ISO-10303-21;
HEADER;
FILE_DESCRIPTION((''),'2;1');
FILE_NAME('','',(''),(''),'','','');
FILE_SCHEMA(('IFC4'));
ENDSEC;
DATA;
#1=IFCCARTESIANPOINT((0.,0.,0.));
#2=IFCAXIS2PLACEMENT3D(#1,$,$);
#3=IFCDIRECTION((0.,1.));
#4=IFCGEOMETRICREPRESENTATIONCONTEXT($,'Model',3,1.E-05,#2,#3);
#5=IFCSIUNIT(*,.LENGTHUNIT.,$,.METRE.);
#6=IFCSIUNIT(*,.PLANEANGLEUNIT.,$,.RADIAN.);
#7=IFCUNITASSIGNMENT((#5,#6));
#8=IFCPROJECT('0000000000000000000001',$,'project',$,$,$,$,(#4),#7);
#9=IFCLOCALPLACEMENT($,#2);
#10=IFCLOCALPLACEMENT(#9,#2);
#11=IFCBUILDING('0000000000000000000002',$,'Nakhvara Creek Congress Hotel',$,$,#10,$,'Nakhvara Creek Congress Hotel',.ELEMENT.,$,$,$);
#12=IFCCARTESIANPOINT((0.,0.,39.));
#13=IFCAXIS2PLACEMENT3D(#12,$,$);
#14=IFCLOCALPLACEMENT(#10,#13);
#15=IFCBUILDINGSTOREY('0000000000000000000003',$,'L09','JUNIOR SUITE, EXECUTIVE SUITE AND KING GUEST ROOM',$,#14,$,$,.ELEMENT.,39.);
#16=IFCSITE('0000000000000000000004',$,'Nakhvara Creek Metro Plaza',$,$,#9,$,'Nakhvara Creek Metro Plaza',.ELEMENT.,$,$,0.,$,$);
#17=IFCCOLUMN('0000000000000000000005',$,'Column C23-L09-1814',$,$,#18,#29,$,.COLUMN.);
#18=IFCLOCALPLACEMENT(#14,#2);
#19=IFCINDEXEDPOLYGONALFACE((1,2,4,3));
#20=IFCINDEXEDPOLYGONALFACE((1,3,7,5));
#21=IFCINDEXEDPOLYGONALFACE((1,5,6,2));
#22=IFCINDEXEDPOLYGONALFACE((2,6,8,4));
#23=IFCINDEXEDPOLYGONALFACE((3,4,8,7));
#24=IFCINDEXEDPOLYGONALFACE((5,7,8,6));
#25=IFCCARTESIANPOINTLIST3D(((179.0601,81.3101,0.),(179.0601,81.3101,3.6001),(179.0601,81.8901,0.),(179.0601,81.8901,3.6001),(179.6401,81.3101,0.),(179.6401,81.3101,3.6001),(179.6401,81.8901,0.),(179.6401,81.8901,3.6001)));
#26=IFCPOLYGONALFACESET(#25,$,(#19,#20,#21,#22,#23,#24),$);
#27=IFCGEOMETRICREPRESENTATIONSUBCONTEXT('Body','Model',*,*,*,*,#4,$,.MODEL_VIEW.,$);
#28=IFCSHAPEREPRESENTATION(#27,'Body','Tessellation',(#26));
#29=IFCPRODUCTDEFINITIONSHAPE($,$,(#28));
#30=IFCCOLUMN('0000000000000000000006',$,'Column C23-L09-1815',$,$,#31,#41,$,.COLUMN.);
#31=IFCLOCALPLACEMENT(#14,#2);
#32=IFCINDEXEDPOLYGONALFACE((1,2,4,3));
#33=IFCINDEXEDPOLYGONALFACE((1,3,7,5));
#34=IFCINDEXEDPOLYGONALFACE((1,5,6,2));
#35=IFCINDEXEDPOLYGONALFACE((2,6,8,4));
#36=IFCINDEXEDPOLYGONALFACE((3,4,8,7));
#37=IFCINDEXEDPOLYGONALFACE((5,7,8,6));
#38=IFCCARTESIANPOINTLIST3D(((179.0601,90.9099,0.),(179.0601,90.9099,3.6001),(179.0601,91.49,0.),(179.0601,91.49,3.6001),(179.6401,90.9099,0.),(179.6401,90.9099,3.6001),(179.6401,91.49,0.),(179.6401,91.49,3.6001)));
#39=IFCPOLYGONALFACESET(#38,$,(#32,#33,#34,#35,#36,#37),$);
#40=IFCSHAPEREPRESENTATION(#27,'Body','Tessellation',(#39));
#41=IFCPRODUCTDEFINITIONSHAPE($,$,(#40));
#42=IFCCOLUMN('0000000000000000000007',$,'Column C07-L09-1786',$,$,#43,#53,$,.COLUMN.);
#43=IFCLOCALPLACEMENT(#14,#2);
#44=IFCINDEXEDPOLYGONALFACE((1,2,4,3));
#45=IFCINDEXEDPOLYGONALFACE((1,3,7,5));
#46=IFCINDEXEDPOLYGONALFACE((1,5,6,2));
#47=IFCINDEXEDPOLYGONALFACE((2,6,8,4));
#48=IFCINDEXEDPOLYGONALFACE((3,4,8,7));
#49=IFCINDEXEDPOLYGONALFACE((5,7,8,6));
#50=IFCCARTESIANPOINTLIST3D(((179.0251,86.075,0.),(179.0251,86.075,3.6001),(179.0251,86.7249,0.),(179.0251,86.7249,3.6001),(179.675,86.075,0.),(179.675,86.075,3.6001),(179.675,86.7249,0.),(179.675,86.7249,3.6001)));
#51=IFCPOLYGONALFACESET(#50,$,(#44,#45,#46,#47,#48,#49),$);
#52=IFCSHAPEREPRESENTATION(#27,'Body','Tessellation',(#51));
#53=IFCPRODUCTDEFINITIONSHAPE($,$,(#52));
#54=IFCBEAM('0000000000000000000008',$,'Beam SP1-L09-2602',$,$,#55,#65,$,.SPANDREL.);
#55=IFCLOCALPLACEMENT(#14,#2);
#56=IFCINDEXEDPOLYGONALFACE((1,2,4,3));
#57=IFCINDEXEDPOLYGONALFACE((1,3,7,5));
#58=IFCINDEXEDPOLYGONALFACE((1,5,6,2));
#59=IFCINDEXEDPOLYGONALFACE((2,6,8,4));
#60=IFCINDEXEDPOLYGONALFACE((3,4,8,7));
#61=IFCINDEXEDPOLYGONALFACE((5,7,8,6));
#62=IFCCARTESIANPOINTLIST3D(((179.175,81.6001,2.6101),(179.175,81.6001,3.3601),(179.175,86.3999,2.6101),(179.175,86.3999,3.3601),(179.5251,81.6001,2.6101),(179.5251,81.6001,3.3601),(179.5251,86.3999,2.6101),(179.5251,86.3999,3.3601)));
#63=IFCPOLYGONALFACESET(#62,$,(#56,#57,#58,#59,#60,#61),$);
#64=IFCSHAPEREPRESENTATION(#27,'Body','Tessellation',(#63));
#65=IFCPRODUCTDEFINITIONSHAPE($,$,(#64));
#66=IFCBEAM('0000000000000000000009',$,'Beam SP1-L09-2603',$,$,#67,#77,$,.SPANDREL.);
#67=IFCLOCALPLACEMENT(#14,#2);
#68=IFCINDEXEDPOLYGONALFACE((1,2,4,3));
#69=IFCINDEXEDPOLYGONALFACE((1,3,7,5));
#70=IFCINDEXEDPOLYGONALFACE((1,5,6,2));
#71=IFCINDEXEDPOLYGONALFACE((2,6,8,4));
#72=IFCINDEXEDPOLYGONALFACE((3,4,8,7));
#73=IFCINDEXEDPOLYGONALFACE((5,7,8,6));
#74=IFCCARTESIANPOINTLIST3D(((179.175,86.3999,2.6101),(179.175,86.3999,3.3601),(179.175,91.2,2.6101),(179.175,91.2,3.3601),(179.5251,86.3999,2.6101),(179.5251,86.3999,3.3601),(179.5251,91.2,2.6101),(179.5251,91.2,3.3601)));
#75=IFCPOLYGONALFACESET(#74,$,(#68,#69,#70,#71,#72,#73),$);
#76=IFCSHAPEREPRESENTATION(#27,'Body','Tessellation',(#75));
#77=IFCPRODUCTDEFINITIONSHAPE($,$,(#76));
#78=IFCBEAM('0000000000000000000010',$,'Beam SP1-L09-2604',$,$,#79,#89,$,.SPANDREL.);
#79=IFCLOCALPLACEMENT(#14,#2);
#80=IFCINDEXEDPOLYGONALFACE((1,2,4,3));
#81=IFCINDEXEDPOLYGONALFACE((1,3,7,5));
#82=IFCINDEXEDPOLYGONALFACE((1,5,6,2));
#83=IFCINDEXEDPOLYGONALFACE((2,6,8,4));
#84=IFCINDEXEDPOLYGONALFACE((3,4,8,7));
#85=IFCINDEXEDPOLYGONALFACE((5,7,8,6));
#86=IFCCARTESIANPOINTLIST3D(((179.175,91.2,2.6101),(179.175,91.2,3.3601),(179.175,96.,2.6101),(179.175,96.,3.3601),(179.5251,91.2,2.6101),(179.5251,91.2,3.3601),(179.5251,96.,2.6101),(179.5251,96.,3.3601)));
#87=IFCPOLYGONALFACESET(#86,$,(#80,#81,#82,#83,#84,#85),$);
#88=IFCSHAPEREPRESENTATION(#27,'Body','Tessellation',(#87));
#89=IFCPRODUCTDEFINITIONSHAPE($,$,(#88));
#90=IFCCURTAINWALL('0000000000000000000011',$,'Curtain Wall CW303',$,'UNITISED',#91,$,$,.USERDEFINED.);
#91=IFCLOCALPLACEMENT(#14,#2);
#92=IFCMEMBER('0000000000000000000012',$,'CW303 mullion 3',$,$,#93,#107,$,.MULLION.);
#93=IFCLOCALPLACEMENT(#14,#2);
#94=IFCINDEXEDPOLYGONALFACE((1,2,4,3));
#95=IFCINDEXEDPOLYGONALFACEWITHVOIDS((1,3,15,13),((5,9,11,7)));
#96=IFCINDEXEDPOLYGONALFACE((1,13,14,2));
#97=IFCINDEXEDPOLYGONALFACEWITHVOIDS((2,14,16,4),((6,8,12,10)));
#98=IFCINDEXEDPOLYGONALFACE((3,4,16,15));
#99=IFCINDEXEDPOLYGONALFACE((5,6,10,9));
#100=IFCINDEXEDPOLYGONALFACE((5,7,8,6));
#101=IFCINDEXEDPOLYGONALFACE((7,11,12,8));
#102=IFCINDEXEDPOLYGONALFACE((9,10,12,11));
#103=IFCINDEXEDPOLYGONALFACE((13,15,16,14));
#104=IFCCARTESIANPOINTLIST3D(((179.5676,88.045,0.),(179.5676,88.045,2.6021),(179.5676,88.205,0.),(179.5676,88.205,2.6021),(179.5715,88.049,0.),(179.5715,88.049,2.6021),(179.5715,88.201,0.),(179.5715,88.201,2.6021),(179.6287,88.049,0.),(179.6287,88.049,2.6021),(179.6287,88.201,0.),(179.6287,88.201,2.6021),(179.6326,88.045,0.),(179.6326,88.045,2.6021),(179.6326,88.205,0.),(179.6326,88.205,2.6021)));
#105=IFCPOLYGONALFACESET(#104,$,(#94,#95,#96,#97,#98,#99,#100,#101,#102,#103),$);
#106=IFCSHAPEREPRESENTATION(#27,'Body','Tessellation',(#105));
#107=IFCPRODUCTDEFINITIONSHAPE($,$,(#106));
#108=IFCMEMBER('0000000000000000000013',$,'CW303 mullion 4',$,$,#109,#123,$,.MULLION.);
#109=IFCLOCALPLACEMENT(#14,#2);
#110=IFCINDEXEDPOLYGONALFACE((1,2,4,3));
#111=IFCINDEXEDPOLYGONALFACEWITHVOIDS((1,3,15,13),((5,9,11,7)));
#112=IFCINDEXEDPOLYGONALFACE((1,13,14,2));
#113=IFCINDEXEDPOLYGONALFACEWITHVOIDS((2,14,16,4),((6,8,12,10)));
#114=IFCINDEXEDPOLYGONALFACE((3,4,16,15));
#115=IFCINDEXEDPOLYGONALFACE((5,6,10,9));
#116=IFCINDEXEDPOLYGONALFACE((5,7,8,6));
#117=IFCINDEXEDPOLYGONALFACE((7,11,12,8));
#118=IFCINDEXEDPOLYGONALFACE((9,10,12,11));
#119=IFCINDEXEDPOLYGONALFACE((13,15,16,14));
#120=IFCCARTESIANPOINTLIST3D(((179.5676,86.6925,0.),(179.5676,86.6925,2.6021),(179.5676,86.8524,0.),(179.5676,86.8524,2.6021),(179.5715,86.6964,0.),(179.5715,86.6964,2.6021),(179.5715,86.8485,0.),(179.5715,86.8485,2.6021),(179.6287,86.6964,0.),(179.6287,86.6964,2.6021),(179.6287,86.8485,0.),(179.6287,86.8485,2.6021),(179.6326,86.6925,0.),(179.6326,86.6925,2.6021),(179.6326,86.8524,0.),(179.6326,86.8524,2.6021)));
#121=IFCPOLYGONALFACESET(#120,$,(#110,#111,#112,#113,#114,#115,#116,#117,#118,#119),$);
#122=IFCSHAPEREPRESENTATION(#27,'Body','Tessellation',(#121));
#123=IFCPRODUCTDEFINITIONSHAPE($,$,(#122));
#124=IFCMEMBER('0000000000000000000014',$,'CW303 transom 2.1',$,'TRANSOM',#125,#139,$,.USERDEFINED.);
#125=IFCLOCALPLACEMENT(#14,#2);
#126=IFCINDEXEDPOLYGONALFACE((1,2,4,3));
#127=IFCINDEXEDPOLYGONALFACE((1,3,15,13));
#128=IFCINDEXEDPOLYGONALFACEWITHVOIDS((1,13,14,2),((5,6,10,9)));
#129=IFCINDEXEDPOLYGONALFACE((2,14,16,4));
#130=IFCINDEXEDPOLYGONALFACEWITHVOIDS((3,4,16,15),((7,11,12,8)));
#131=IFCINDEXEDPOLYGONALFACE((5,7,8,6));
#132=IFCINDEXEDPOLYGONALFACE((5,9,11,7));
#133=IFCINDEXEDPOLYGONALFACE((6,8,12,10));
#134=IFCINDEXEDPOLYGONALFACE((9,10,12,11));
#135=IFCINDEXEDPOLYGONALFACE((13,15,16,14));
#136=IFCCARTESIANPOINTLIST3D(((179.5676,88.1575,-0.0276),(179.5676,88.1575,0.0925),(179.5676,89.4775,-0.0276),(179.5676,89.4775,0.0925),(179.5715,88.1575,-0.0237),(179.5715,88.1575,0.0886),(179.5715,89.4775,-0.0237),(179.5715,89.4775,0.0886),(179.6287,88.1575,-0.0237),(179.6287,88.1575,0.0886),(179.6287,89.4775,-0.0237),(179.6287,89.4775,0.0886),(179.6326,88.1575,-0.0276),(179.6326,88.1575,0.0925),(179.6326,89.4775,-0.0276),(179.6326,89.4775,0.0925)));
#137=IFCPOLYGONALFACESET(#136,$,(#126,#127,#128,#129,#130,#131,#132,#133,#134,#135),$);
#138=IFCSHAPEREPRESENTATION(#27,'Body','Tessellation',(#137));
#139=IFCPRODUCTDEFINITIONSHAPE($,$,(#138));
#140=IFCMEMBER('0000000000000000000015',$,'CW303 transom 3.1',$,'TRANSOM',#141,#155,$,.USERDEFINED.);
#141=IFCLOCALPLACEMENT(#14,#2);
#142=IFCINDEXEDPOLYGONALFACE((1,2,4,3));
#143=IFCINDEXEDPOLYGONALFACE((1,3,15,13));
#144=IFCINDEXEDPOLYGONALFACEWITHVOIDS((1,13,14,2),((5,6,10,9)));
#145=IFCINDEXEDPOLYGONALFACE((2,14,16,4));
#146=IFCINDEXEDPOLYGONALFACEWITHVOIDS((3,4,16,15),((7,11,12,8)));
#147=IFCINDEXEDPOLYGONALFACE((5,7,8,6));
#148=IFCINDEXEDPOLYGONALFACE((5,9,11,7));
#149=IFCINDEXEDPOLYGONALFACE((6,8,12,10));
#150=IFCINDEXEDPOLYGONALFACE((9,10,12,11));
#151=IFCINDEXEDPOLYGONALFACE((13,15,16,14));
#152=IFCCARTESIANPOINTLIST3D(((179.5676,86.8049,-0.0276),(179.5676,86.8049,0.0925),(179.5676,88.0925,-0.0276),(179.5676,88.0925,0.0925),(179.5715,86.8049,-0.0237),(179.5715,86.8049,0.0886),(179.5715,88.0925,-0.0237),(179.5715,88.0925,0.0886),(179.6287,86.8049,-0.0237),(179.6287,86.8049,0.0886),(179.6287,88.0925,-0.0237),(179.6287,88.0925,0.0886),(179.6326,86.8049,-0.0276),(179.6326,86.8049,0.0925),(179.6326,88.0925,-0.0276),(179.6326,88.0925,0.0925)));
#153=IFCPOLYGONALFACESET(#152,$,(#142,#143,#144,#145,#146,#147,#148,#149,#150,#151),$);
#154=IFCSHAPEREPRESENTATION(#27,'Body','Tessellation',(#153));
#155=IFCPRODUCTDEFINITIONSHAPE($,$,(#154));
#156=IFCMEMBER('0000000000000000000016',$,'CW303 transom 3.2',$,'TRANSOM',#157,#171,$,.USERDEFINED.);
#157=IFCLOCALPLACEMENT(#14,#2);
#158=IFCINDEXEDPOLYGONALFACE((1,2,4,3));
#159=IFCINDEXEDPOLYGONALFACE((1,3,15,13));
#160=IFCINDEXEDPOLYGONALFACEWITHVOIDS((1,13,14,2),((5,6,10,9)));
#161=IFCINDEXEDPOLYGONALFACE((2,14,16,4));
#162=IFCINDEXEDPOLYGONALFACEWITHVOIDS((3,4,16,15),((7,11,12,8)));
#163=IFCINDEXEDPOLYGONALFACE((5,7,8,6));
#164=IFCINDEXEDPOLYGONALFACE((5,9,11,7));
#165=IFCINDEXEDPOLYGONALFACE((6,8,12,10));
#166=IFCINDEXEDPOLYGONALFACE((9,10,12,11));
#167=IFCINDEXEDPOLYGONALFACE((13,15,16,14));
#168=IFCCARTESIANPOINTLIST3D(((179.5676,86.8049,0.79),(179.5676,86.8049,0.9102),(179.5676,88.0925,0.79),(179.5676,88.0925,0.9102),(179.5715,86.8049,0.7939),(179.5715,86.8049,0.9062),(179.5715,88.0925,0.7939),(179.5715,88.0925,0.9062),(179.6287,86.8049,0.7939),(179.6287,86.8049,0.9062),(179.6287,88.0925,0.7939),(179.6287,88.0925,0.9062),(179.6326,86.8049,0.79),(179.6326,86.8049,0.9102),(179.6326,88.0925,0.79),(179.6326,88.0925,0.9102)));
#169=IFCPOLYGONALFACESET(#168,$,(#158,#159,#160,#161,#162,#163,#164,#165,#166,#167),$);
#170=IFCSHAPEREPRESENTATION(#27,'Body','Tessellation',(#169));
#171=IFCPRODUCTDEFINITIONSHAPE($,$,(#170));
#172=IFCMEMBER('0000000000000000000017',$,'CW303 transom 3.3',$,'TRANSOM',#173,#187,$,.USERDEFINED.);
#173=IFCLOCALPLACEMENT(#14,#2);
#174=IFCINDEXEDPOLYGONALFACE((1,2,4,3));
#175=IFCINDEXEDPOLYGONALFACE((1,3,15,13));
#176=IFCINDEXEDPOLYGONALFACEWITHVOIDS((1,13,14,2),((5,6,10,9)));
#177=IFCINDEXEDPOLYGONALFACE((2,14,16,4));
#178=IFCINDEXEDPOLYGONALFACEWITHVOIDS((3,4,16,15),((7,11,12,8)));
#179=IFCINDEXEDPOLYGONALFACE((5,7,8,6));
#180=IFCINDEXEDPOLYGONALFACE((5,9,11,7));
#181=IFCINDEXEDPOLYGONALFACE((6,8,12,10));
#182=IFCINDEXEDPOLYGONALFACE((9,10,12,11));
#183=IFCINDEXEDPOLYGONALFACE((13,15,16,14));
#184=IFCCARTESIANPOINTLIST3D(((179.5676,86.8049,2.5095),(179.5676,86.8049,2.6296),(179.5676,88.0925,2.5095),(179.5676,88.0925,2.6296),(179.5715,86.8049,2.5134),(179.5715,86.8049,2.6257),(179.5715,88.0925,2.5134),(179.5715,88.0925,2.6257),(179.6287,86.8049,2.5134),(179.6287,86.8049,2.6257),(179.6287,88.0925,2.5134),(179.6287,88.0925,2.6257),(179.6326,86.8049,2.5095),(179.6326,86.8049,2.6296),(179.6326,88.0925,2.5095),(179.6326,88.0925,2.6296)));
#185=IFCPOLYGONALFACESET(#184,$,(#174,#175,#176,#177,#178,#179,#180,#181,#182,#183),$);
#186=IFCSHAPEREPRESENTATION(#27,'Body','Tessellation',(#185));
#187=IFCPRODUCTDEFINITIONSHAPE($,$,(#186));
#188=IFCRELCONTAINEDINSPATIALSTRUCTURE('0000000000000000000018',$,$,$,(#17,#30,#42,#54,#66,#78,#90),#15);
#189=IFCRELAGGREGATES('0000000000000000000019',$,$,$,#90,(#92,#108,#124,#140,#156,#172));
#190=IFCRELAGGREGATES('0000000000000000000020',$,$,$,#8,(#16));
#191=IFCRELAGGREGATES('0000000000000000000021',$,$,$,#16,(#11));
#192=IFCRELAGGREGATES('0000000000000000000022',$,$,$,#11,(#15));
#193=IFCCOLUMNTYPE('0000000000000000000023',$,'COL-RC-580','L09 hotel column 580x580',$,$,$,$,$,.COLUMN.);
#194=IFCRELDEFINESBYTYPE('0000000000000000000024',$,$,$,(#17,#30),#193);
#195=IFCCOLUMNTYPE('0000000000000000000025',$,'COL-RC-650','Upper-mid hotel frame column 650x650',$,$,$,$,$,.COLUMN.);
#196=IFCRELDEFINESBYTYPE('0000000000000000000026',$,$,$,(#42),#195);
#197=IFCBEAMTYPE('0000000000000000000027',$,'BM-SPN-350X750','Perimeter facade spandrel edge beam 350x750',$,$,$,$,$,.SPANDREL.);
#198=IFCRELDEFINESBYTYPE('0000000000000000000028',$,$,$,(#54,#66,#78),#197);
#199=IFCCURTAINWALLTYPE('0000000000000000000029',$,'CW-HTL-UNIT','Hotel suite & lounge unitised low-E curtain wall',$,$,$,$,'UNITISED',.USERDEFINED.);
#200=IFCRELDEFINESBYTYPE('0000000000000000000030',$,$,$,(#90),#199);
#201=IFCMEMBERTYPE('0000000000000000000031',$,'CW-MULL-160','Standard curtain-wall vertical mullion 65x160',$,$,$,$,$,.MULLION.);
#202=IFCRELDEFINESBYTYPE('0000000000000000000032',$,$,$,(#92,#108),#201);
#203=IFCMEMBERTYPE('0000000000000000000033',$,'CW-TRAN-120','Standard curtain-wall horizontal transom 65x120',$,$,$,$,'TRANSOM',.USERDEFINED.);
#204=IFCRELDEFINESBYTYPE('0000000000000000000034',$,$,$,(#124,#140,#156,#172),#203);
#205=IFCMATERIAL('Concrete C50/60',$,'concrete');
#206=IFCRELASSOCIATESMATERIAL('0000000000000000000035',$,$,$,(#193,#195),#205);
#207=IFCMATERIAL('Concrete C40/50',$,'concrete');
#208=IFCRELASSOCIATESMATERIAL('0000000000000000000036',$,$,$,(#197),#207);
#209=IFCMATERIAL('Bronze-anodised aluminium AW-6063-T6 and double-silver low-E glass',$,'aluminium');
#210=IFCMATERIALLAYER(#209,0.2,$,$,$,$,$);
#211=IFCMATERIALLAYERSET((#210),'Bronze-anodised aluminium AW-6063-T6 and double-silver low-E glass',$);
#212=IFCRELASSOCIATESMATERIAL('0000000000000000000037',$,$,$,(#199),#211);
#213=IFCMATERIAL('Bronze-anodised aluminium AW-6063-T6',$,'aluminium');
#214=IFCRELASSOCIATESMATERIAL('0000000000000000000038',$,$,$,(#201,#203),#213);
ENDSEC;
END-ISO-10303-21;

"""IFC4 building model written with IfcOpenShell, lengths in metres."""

from ifc_helpers import new_model, si_unit, direction, frame, origin, origin_2d, place, context, subcontext, project, spatial, rectangle, hollow_rectangle, extrude, material, layer, layer_set, material_profile, profile_set, type_object, element, aggregate, save


model = new_model("IFC4")

# Units and contexts
model_context = context("Model", 3, precision=1e-05, world=origin(), true_north=direction((0.0, 1.0)))
body_context = subcontext(model_context, "Body", "Model", "MODEL_VIEW")
ifc_project = project(units=[si_unit("LENGTHUNIT", "METRE"), si_unit("PLANEANGLEUNIT", "RADIAN")], contexts=[model_context])

# Site, building, storey
site_placement = place(None, origin())
site = spatial("IfcSite", under=ifc_project, at=site_placement, Name="Nakhvara Creek Metro Plaza", LongName="Nakhvara Creek Metro Plaza", CompositionType="ELEMENT", RefElevation=0.0)
building_placement = place(site_placement, origin())
building = spatial("IfcBuilding", under=site, at=building_placement, Name="Nakhvara Creek Congress Hotel", LongName="Nakhvara Creek Congress Hotel", CompositionType="ELEMENT")
storey_placement = place(building_placement, frame((0.0, 0.0, 39.0)))
storey = spatial("IfcBuildingStorey", under=building, at=storey_placement, Name="L09", Description="JUNIOR SUITE, EXECUTIVE SUITE AND KING GUEST ROOM", CompositionType="ELEMENT", Elevation=39.0)

# Columns
ifc_material_1 = material(Name="Concrete C50/60", Category="concrete")
ifc_material_profile_1 = material_profile(ifc_material_1, rectangle(XDim=0.5801, YDim=0.5801, at=origin_2d()), Name="RC-COL 580x580", Category="LoadBearing")
ifc_profile_set_1 = profile_set([ifc_material_profile_1], Name="Concrete C50/60")
column_type_1 = type_object("IfcColumnType", Name="COL-RC-580", Description="L09 hotel column 580x580", PredefinedType="COLUMN", material=ifc_profile_set_1)
for number, where, z_axis, x_axis, name in (
    (1, (179.3501, 81.6001, 0.0), (0.0, 0.0, 1.0), (1.0, 0.0, 0.0), "Column C23-L09-1814"),
    (2, (179.3501, 91.2, 0.0), (0.0, 0.0, 1.0), (1.0, 0.0, 0.0), "Column C23-L09-1815"),
):
    element("IfcColumn", number, at=place(storey_placement, frame(where, z_axis=z_axis, x_axis=x_axis)), inside=storey, type_object=column_type_1, Name=name, PredefinedType="COLUMN", context=body_context, shape_type="SweptSolid", body=[
        extrude(rectangle(XDim=0.5801, YDim=0.5801, at=origin_2d()), origin(), (0.0, 0.0, 1.0), 3.6001),
    ])
ifc_material_profile_2 = material_profile(ifc_material_1, rectangle(XDim=0.6499, YDim=0.6499, at=origin_2d()), Name="RC-COL 650x650", Category="LoadBearing")
ifc_profile_set_2 = profile_set([ifc_material_profile_2], Name="Concrete C50/60")
column_type_2 = type_object("IfcColumnType", Name="COL-RC-650", Description="Upper-mid hotel frame column 650x650", PredefinedType="COLUMN", material=ifc_profile_set_2)
column_placement = place(storey_placement, frame((179.3501, 86.3999, 0.0), z_axis=(0.0, 0.0, 1.0), x_axis=(1.0, 0.0, 0.0)))
element("IfcColumn", 3, at=column_placement, inside=storey, type_object=column_type_2, Name="Column C07-L09-1786", PredefinedType="COLUMN", context=body_context, shape_type="SweptSolid", body=[
    extrude(rectangle(XDim=0.6499, YDim=0.6499, at=origin_2d()), origin(), (0.0, 0.0, 1.0), 3.6001),
])

# Beams
ifc_material_2 = material(Name="Concrete C40/50", Category="concrete")
ifc_material_profile_3 = material_profile(ifc_material_2, rectangle(XDim=0.3501, YDim=0.75, at=origin_2d()), Name="RC-SPANDREL 350x750", Category="LoadBearing")
ifc_profile_set_3 = profile_set([ifc_material_profile_3], Name="Concrete C40/50")
beam_type = type_object("IfcBeamType", Name="BM-SPN-350X750", Description="Perimeter facade spandrel edge beam 350x750", PredefinedType="SPANDREL", material=ifc_profile_set_3)
beam_placement = place(storey_placement, frame((179.3501, 81.6001, 2.9851), z_axis=(0.0, 1.0, 0.0), x_axis=(-1.0, 0.0, 0.0)))
element("IfcBeam", 4, at=beam_placement, inside=storey, type_object=beam_type, Name="Beam SP1-L09-2602", PredefinedType="SPANDREL", context=body_context, shape_type="SweptSolid", body=[
    extrude(rectangle(XDim=0.3501, YDim=0.75, at=origin_2d()), origin(), (0.0, 0.0, 1.0), 4.7998),
])
for number, where, z_axis, x_axis, name in (
    (5, (179.3501, 86.3999, 2.9851), (0.0, 1.0, 0.0), (-1.0, 0.0, 0.0), "Beam SP1-L09-2603"),
    (6, (179.3501, 91.2, 2.9851), (0.0, 1.0, 0.0), (-1.0, 0.0, 0.0), "Beam SP1-L09-2604"),
):
    element("IfcBeam", number, at=place(storey_placement, frame(where, z_axis=z_axis, x_axis=x_axis)), inside=storey, type_object=beam_type, Name=name, PredefinedType="SPANDREL", context=body_context, shape_type="SweptSolid", body=[
        extrude(rectangle(XDim=0.3501, YDim=0.75, at=origin_2d()), origin(), (0.0, 0.0, 1.0), 4.8),
    ])

# Curtain wall, members
ifc_material_3 = material(Name="Bronze-anodised aluminium AW-6063-T6 and double-silver low-E glass", Category="aluminium")
ifc_layer_1 = layer(ifc_material_3, 0.2)
ifc_layer_set_1 = layer_set([ifc_layer_1], Name="Bronze-anodised aluminium AW-6063-T6 and double-silver low-E glass")
curtain_wall_type = type_object("IfcCurtainWallType", Name="CW-HTL-UNIT", Description="Hotel suite & lounge unitised low-E curtain wall", ElementType="UNITISED", PredefinedType="USERDEFINED", material=ifc_layer_set_1)
curtain_wall_placement = place(storey_placement, origin())
curtain_wall = element("IfcCurtainWall", 7, at=curtain_wall_placement, inside=storey, type_object=curtain_wall_type, Name="Curtain Wall CW303", ObjectType="UNITISED", PredefinedType="USERDEFINED")
ifc_material_4 = material(Name="Bronze-anodised aluminium AW-6063-T6", Category="aluminium")
ifc_material_profile_4 = material_profile(ifc_material_4, hollow_rectangle(XDim=0.0649, YDim=0.1599, WallThickness=0.0039, at=origin_2d()), Name="ALU-MULL 65x160x4", Category="LoadBearing")
ifc_profile_set_4 = profile_set([ifc_material_profile_4], Name="Bronze-anodised aluminium AW-6063-T6")
member_type_1 = type_object("IfcMemberType", Name="CW-MULL-160", Description="Standard curtain-wall vertical mullion 65x160", PredefinedType="MULLION", material=ifc_profile_set_4)
member_1_placement = place(storey_placement, frame((179.6001, 88.125, 0.0), z_axis=(0.0, 0.0, 1.0), x_axis=(1.0, 0.0, 0.0)))
member_1 = element("IfcMember", 8, at=member_1_placement, type_object=member_type_1, Name="CW303 mullion 3", PredefinedType="MULLION", context=body_context, shape_type="SweptSolid", body=[
    extrude(hollow_rectangle(XDim=0.0649, YDim=0.1599, WallThickness=0.0039, at=origin_2d()), origin(), (0.0, 0.0, 1.0), 2.6021),
])
member_2_placement = place(storey_placement, frame((179.6001, 86.7725, 0.0), z_axis=(0.0, 0.0, 1.0), x_axis=(1.0, 0.0, 0.0)))
member_2 = element("IfcMember", 9, at=member_2_placement, type_object=member_type_1, Name="CW303 mullion 4", PredefinedType="MULLION", context=body_context, shape_type="SweptSolid", body=[
    extrude(hollow_rectangle(XDim=0.0649, YDim=0.1599, WallThickness=0.0039, at=origin_2d()), origin(), (0.0, 0.0, 1.0), 2.6021),
])
ifc_material_profile_5 = material_profile(ifc_material_4, hollow_rectangle(XDim=0.0649, YDim=0.1201, WallThickness=0.0039, at=origin_2d()), Name="ALU-TRAN 65x120x4", Category="LoadBearing")
ifc_profile_set_5 = profile_set([ifc_material_profile_5], Name="Bronze-anodised aluminium AW-6063-T6")
member_type_2 = type_object("IfcMemberType", Name="CW-TRAN-120", Description="Standard curtain-wall horizontal transom 65x120", ElementType="TRANSOM", PredefinedType="USERDEFINED", material=ifc_profile_set_5)
member_3_placement = place(storey_placement, frame((179.6001, 89.4775, 0.0325), z_axis=(0.0, -1.0, 0.0), x_axis=(1.0, 0.0, 0.0)))
member_3 = element("IfcMember", 10, at=member_3_placement, type_object=member_type_2, Name="CW303 transom 2.1", ObjectType="TRANSOM", PredefinedType="USERDEFINED", context=body_context, shape_type="SweptSolid", body=[
    extrude(hollow_rectangle(XDim=0.0649, YDim=0.1201, WallThickness=0.0039, at=origin_2d()), origin(), (0.0, 0.0, 1.0), 1.3201),
])
member_4_placement = place(storey_placement, frame((179.6001, 88.0925, 0.0325), z_axis=(0.0, -1.0, 0.0), x_axis=(1.0, 0.0, 0.0)))
member_4 = element("IfcMember", 11, at=member_4_placement, type_object=member_type_2, Name="CW303 transom 3.1", ObjectType="TRANSOM", PredefinedType="USERDEFINED", context=body_context, shape_type="SweptSolid", body=[
    extrude(hollow_rectangle(XDim=0.0649, YDim=0.1201, WallThickness=0.0039, at=origin_2d()), origin(), (0.0, 0.0, 1.0), 1.2876),
])
member_5_placement = place(storey_placement, frame((179.6001, 88.0925, 0.8501), z_axis=(0.0, -1.0, 0.0), x_axis=(1.0, 0.0, 0.0)))
member_5 = element("IfcMember", 12, at=member_5_placement, type_object=member_type_2, Name="CW303 transom 3.2", ObjectType="TRANSOM", PredefinedType="USERDEFINED", context=body_context, shape_type="SweptSolid", body=[
    extrude(hollow_rectangle(XDim=0.0649, YDim=0.1201, WallThickness=0.0039, at=origin_2d()), origin(), (0.0, 0.0, 1.0), 1.2876),
])
member_6_placement = place(storey_placement, frame((179.6001, 88.0925, 2.5696), z_axis=(0.0, -1.0, 0.0), x_axis=(1.0, 0.0, 0.0)))
member_6 = element("IfcMember", 13, at=member_6_placement, type_object=member_type_2, Name="CW303 transom 3.3", ObjectType="TRANSOM", PredefinedType="USERDEFINED", context=body_context, shape_type="SweptSolid", body=[
    extrude(hollow_rectangle(XDim=0.0649, YDim=0.1201, WallThickness=0.0039, at=origin_2d()), origin(), (0.0, 0.0, 1.0), 1.2876),
])
aggregate(curtain_wall, [member_1, member_2, member_3, member_4, member_5, member_6])

save(model, "model.ifc")
